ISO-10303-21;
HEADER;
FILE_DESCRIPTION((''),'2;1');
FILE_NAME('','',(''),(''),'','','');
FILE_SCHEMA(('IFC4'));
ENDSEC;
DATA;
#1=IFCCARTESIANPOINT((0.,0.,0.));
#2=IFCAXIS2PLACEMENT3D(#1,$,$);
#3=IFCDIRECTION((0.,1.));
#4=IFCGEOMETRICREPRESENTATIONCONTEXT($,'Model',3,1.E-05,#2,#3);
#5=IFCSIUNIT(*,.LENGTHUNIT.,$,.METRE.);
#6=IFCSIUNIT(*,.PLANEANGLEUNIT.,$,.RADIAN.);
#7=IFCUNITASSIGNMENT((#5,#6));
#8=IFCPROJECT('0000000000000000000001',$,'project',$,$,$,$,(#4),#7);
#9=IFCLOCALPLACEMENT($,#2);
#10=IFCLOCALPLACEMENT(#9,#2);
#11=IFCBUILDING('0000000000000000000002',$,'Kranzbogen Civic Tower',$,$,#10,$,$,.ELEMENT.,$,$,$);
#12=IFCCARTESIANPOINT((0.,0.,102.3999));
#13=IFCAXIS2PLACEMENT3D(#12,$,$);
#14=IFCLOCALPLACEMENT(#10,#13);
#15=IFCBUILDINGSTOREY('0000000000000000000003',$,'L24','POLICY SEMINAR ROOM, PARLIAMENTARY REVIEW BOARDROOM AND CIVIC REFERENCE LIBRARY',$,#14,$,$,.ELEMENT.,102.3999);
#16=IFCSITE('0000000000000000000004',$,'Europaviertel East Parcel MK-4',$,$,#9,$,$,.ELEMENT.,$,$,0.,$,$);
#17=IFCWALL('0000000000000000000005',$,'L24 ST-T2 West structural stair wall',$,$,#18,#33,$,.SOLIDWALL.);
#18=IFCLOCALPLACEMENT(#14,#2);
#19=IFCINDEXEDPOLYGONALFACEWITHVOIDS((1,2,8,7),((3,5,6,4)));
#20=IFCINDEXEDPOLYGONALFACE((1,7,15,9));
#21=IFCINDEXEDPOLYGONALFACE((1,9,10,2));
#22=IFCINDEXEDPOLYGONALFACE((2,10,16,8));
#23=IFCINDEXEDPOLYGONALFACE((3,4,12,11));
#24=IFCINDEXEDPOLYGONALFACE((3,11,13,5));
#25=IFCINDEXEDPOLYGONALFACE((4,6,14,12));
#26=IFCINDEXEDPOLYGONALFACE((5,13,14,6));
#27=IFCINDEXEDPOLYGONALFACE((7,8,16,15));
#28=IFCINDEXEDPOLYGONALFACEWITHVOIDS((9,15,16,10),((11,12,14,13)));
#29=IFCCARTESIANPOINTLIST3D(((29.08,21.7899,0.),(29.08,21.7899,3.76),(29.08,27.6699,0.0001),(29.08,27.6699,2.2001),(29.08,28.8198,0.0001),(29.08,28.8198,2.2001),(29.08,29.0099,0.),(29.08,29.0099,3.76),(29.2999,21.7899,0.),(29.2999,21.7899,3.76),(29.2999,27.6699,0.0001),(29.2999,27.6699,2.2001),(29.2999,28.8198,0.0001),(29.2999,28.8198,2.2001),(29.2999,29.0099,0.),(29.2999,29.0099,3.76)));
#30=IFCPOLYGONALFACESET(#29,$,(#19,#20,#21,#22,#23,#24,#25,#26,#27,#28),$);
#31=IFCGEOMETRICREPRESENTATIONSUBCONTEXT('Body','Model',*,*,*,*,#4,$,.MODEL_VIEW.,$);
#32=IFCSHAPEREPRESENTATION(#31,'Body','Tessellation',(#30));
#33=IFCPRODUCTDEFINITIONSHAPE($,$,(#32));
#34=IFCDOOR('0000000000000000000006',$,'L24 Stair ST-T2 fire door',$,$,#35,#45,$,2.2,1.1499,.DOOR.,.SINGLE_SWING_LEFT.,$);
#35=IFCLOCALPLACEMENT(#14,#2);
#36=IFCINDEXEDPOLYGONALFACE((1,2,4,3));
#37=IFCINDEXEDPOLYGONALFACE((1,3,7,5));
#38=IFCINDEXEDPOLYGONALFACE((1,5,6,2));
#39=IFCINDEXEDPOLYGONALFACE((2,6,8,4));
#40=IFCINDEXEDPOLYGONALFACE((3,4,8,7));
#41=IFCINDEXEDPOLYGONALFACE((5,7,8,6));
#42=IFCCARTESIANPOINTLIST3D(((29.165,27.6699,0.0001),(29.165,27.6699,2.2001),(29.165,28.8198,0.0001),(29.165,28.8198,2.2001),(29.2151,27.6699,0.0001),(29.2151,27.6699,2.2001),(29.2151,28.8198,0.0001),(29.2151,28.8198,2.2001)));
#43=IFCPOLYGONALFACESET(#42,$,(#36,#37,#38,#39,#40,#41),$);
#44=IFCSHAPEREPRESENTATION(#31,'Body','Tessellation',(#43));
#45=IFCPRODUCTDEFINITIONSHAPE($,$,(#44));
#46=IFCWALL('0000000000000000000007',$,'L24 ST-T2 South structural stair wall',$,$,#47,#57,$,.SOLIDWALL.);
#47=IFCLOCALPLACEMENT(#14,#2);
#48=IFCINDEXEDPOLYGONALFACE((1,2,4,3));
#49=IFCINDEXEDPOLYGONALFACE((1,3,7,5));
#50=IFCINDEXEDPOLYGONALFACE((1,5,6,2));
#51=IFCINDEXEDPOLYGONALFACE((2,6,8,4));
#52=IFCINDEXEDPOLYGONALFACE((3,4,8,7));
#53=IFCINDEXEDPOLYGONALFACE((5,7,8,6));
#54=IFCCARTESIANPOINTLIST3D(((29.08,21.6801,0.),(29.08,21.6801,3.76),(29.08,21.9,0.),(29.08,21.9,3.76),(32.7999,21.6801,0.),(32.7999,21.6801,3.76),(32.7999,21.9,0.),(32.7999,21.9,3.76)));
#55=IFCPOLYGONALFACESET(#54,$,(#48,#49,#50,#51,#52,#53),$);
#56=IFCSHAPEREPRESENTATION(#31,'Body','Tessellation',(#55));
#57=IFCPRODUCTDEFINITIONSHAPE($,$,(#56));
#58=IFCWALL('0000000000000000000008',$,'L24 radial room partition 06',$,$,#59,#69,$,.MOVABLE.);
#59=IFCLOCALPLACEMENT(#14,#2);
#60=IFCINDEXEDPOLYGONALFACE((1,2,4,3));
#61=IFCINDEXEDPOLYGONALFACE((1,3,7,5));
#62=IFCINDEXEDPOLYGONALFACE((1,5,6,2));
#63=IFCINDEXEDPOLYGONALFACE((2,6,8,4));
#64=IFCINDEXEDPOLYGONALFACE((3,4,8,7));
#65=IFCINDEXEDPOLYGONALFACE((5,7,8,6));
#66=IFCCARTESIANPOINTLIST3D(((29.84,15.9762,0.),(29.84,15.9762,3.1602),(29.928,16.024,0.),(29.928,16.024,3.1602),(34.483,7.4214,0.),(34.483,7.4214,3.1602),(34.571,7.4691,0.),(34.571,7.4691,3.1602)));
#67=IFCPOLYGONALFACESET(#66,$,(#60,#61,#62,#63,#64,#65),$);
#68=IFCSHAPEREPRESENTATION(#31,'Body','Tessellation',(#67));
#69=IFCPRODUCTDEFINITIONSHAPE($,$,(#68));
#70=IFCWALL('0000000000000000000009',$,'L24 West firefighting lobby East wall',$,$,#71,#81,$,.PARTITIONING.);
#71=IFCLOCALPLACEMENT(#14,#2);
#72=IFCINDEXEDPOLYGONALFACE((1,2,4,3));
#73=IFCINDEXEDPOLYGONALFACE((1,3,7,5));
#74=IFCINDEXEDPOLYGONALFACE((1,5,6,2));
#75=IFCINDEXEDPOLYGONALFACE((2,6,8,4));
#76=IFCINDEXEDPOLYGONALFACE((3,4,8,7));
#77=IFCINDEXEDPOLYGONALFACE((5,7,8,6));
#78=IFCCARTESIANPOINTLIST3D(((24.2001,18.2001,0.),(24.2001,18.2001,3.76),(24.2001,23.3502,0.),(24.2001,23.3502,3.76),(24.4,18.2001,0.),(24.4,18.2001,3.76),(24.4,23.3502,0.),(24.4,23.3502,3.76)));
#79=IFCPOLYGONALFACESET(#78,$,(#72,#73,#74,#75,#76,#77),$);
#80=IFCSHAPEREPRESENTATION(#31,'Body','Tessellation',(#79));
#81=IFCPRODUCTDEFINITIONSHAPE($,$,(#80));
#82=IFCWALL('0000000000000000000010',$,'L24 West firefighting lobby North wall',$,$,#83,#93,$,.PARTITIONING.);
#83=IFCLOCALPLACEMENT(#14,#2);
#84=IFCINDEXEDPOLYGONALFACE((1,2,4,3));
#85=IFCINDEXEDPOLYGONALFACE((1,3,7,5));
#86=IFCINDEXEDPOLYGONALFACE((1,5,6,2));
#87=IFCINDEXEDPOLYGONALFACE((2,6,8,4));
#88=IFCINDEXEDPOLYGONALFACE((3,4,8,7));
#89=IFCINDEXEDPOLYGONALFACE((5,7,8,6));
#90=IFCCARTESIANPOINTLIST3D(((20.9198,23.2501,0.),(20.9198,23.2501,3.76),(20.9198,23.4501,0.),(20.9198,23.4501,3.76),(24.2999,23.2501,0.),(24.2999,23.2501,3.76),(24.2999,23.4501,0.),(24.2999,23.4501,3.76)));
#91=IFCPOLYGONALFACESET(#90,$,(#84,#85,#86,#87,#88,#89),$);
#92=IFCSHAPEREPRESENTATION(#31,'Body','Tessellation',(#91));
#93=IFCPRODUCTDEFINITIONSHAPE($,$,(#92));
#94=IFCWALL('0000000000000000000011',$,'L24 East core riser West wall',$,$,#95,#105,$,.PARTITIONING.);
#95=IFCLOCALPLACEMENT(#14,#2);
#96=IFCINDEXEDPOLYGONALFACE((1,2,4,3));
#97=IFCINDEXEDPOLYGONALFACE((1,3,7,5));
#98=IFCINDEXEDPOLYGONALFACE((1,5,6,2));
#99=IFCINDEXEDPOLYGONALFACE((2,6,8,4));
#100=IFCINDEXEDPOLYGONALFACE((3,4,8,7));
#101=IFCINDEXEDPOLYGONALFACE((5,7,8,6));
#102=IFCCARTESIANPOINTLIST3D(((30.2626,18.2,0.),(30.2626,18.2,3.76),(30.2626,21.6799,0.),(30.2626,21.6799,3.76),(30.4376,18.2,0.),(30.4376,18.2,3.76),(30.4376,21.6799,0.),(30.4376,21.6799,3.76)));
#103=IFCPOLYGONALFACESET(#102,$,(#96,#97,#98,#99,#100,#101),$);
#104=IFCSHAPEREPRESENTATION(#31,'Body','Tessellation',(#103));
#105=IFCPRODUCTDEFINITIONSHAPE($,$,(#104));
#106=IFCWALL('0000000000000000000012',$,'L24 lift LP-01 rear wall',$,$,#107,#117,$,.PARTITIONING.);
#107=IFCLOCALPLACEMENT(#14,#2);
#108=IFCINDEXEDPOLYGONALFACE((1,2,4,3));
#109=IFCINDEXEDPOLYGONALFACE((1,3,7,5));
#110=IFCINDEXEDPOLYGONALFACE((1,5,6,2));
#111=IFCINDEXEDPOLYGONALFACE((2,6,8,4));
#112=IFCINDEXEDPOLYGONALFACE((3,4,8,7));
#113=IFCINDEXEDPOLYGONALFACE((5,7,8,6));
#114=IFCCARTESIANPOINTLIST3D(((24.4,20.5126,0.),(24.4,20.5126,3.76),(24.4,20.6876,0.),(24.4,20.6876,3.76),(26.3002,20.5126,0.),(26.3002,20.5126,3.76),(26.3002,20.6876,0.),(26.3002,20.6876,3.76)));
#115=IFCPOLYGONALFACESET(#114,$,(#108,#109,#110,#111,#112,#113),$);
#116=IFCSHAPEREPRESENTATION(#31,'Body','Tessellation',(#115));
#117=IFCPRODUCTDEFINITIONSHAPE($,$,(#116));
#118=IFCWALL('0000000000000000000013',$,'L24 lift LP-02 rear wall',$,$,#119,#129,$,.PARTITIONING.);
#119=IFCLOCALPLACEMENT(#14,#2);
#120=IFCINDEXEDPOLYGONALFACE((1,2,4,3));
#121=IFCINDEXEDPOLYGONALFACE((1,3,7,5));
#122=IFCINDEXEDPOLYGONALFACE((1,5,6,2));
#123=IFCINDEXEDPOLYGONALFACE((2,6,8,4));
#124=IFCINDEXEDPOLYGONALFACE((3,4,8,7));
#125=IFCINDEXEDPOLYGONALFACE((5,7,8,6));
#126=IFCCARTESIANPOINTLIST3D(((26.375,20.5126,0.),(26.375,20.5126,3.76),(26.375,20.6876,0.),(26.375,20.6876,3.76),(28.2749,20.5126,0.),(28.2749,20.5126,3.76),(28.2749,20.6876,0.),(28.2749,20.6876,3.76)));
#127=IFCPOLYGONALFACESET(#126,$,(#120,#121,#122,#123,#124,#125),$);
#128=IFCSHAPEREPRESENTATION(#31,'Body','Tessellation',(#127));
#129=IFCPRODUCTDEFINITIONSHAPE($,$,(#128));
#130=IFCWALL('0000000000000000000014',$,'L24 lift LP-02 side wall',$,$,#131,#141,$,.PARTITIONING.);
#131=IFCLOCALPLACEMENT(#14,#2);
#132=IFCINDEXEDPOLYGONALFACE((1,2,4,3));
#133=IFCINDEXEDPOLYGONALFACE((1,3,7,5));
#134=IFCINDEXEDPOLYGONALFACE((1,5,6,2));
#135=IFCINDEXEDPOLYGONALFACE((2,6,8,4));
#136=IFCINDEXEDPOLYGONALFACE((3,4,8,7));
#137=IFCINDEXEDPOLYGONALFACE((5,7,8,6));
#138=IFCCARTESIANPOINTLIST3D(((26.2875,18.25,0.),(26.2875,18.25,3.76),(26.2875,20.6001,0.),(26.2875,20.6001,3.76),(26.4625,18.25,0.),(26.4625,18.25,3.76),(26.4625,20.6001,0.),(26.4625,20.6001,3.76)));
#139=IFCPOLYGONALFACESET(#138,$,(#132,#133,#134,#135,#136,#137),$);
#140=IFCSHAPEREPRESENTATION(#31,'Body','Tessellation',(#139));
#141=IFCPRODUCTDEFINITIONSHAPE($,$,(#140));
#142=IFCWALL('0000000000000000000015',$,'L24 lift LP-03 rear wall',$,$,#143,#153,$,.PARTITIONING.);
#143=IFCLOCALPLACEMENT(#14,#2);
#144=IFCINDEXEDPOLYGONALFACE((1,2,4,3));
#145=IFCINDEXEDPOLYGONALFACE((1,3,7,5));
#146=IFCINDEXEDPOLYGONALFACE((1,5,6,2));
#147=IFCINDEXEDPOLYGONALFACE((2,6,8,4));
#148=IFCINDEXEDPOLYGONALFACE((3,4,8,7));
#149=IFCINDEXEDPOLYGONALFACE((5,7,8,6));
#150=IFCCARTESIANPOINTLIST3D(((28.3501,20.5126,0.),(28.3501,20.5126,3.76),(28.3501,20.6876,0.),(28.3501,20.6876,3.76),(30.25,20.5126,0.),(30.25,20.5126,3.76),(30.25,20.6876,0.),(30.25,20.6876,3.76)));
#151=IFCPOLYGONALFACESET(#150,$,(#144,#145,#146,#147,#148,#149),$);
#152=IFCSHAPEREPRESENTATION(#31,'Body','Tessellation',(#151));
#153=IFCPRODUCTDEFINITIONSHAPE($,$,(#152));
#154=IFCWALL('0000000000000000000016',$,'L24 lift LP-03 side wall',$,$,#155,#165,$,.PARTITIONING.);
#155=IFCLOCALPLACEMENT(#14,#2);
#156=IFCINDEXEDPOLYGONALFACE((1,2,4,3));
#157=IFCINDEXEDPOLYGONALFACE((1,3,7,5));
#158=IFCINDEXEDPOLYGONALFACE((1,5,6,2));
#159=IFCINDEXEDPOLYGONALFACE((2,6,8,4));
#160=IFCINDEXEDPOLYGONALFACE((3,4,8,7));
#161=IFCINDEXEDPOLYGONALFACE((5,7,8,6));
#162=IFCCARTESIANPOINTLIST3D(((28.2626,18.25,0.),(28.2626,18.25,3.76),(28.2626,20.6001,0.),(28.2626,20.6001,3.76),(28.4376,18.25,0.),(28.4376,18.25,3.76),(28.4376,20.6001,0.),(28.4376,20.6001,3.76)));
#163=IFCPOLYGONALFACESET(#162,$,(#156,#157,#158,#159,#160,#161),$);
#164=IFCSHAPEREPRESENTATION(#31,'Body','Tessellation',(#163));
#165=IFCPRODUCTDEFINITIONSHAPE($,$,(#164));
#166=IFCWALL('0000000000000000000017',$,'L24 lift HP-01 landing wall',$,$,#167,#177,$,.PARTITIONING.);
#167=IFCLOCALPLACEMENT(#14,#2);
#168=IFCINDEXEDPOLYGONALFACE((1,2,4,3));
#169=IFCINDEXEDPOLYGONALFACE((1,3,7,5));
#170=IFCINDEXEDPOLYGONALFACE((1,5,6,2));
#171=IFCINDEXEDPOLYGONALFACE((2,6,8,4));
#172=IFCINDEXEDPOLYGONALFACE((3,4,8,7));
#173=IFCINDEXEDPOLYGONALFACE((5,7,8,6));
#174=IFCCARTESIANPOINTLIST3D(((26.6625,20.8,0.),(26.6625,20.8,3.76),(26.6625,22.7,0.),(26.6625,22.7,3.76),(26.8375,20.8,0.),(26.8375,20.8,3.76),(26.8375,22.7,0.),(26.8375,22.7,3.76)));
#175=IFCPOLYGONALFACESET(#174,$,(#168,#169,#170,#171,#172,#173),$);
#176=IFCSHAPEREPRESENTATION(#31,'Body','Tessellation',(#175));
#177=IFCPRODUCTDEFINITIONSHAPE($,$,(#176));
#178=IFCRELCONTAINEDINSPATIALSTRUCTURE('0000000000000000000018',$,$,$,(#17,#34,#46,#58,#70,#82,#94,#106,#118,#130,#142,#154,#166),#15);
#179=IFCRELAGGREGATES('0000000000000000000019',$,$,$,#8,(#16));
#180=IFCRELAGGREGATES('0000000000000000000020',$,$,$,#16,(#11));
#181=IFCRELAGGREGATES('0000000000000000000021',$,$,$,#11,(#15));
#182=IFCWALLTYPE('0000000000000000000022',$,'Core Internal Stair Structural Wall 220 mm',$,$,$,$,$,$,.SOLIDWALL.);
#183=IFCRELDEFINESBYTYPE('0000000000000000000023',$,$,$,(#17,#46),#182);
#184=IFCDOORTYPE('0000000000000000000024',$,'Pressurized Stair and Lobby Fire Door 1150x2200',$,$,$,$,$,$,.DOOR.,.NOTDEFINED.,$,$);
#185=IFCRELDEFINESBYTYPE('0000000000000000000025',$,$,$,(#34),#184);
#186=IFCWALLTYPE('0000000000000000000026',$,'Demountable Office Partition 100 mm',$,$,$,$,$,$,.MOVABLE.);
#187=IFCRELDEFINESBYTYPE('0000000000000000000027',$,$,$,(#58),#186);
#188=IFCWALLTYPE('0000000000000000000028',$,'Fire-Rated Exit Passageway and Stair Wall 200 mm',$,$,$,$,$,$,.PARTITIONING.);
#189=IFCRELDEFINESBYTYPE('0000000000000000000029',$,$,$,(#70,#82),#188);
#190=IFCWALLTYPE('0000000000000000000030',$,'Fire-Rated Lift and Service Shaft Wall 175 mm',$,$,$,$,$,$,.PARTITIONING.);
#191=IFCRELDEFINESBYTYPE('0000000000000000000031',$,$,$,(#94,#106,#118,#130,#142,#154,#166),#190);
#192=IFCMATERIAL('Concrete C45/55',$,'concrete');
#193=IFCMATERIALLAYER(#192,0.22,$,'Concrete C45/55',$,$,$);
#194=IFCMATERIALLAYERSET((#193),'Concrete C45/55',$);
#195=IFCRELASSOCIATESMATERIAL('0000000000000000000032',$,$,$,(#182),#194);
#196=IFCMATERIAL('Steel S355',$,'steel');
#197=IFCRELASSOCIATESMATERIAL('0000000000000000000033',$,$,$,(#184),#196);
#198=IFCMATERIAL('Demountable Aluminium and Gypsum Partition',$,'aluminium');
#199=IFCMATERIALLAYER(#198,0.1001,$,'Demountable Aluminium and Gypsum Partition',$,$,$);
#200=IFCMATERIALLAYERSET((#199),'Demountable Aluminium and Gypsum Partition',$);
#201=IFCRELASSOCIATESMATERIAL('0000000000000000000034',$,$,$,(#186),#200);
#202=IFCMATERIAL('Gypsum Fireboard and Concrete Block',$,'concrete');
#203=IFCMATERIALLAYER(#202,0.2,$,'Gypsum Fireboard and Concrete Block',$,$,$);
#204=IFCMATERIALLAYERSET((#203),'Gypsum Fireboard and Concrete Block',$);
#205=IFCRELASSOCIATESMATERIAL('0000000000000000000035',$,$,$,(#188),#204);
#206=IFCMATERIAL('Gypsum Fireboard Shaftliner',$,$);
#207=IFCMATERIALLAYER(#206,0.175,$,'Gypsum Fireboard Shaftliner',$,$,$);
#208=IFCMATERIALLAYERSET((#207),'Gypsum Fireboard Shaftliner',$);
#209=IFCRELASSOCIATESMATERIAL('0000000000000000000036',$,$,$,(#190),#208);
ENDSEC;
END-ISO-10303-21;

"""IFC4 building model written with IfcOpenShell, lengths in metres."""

from ifc_helpers import new_model, si_unit, direction, frame, frame_2d, origin, place, context, subcontext, project, spatial, rectangle, extrude, material, layer, layer_set, type_object, element, fill, save


model = new_model("IFC4")

# Units and contexts
model_context = context("Model", 3, precision=1e-05, world=origin(), true_north=direction((0.0, 1.0)))
body_context = subcontext(model_context, "Body", "Model", "MODEL_VIEW")
ifc_project = project(units=[si_unit("LENGTHUNIT", "METRE"), si_unit("PLANEANGLEUNIT", "RADIAN")], contexts=[model_context])

# Site, building, storey
site_placement = place(None, origin())
site = spatial("IfcSite", under=ifc_project, at=site_placement, Name="Europaviertel East Parcel MK-4", CompositionType="ELEMENT", RefElevation=0.0)
building_placement = place(site_placement, origin())
building = spatial("IfcBuilding", under=site, at=building_placement, Name="Kranzbogen Civic Tower", CompositionType="ELEMENT")
storey_placement = place(building_placement, frame((0.0, 0.0, 102.3999)))
storey = spatial("IfcBuildingStorey", under=building, at=storey_placement, Name="L24", Description="POLICY SEMINAR ROOM, PARLIAMENTARY REVIEW BOARDROOM AND CIVIC REFERENCE LIBRARY", CompositionType="ELEMENT", Elevation=102.3999)

# Shared definitions
ifc_material_1 = material(Name="Steel S355", Category="steel")

# Wall, opening, door
ifc_material_2 = material(Name="Concrete C45/55", Category="concrete")
ifc_layer_1 = layer(ifc_material_2, 0.22, Name="Concrete C45/55")
ifc_layer_set_1 = layer_set([ifc_layer_1], Name="Concrete C45/55")
wall_type_1 = type_object("IfcWallType", Name="Core Internal Stair Structural Wall 220 mm", PredefinedType="SOLIDWALL", material=ifc_layer_set_1)
door_type = type_object("IfcDoorType", Name="Pressurized Stair and Lobby Fire Door 1150x2200", OperationType="NOTDEFINED", PredefinedType="DOOR", material=ifc_material_1)
wall_1_placement = place(storey_placement, frame((29.1899, 21.79, 0.0), z_axis=(0.0, 0.0, 1.0), x_axis=(0.0, 1.0, 0.0)))
wall_1 = element("IfcWall", 1, at=wall_1_placement, inside=storey, type_object=wall_type_1, Name="L24 ST-T2 West structural stair wall", PredefinedType="SOLIDWALL", context=body_context, shape_type="SweptSolid", body=[
    extrude(rectangle(XDim=7.22, YDim=0.22, at=frame_2d((3.6099, 0.0))), origin(), (0.0, 0.0, 1.0), 3.76),
])
opening_1_placement = place(wall_1_placement, frame((5.8799, 0.0, 0.0)))
opening_1 = element("IfcOpeningElement", 2, at=opening_1_placement, cuts=wall_1, PredefinedType="OPENING", context=body_context, shape_type="SweptSolid", body=[
    extrude(rectangle(XDim=1.1499, YDim=2.2, at=frame_2d((0.575, 1.1001))), frame((0.0, 0.1201, 0.0), z_axis=(0.0, -1.0, 0.0), x_axis=(1.0, 0.0, 0.0)), (0.0, 0.0, 1.0), 0.24),
])
door_1_placement = place(opening_1_placement, origin())
door_1 = element("IfcDoor", 3, at=door_1_placement, inside=storey, type_object=door_type, Name="L24 Stair ST-T2 fire door", OperationType="SINGLE_SWING_LEFT", OverallHeight=2.2, OverallWidth=1.1499, PredefinedType="DOOR", context=body_context, shape_type="SweptSolid", body=[
    extrude(rectangle(XDim=1.1499, YDim=2.2, at=frame_2d((0.575, 1.1001))), frame((0.0, 0.0249, 0.0), z_axis=(0.0, -1.0, 0.0), x_axis=(1.0, 0.0, 0.0)), (0.0, 0.0, 1.0), 0.05),
])
fill(opening_1, door_1)

# Walls
wall_2_placement = place(storey_placement, frame((29.0801, 21.79, 0.0), z_axis=(0.0, 0.0, 1.0), x_axis=(1.0, 0.0, 0.0)))
element("IfcWall", 4, at=wall_2_placement, inside=storey, type_object=wall_type_1, Name="L24 ST-T2 South structural stair wall", PredefinedType="SOLIDWALL", context=body_context, shape_type="SweptSolid", body=[
    extrude(rectangle(XDim=3.72, YDim=0.22, at=frame_2d((1.8599, 0.0))), origin(), (0.0, 0.0, 1.0), 3.76),
])
ifc_material_3 = material(Name="Demountable Aluminium and Gypsum Partition", Category="aluminium")
ifc_layer_2 = layer(ifc_material_3, 0.1001, Name="Demountable Aluminium and Gypsum Partition")
ifc_layer_set_2 = layer_set([ifc_layer_2], Name="Demountable Aluminium and Gypsum Partition")
wall_type_2 = type_object("IfcWallType", Name="Demountable Office Partition 100 mm", PredefinedType="MOVABLE", material=ifc_layer_set_2)
wall_3_placement = place(storey_placement, frame((29.884, 16.0, 0.0), z_axis=(0.0, 0.0, 1.0), x_axis=(0.477009, -0.878898, 0.0)))
element("IfcWall", 5, at=wall_3_placement, inside=storey, type_object=wall_type_2, Name="L24 radial room partition 06", PredefinedType="MOVABLE", context=body_context, shape_type="SweptSolid", body=[
    extrude(rectangle(XDim=9.7336, YDim=0.1001, at=frame_2d((4.8667, 0.0))), origin(), (0.0, 0.0, 1.0), 3.1602),
])
ifc_material_4 = material(Name="Gypsum Fireboard and Concrete Block", Category="concrete")
ifc_layer_3 = layer(ifc_material_4, 0.2, Name="Gypsum Fireboard and Concrete Block")
ifc_layer_set_3 = layer_set([ifc_layer_3], Name="Gypsum Fireboard and Concrete Block")
wall_type_3 = type_object("IfcWallType", Name="Fire-Rated Exit Passageway and Stair Wall 200 mm", PredefinedType="PARTITIONING", material=ifc_layer_set_3)
wall_4_placement = place(storey_placement, frame((24.3, 18.2, 0.0), z_axis=(0.0, 0.0, 1.0), x_axis=(0.0, 1.0, 0.0)))
element("IfcWall", 6, at=wall_4_placement, inside=storey, type_object=wall_type_3, Name="L24 West firefighting lobby East wall", PredefinedType="PARTITIONING", context=body_context, shape_type="SweptSolid", body=[
    extrude(rectangle(XDim=5.1501, YDim=0.2, at=frame_2d((2.5752, 0.0))), origin(), (0.0, 0.0, 1.0), 3.76),
])
wall_5_placement = place(storey_placement, frame((20.9199, 23.3501, 0.0), z_axis=(0.0, 0.0, 1.0), x_axis=(1.0, 0.0, 0.0)))
element("IfcWall", 7, at=wall_5_placement, inside=storey, type_object=wall_type_3, Name="L24 West firefighting lobby North wall", PredefinedType="PARTITIONING", context=body_context, shape_type="SweptSolid", body=[
    extrude(rectangle(XDim=3.3801, YDim=0.2, at=frame_2d((1.6899, 0.0))), origin(), (0.0, 0.0, 1.0), 3.76),
])
ifc_material_5 = material(Name="Gypsum Fireboard Shaftliner")
ifc_layer_4 = layer(ifc_material_5, 0.175, Name="Gypsum Fireboard Shaftliner")
ifc_layer_set_4 = layer_set([ifc_layer_4], Name="Gypsum Fireboard Shaftliner")
wall_type_4 = type_object("IfcWallType", Name="Fire-Rated Lift and Service Shaft Wall 175 mm", PredefinedType="PARTITIONING", material=ifc_layer_set_4)
wall_6_placement = place(storey_placement, frame((30.3501, 18.2, 0.0), z_axis=(0.0, 0.0, 1.0), x_axis=(0.0, 1.0, 0.0)))
element("IfcWall", 8, at=wall_6_placement, inside=storey, type_object=wall_type_4, Name="L24 East core riser West wall", PredefinedType="PARTITIONING", context=body_context, shape_type="SweptSolid", body=[
    extrude(rectangle(XDim=3.48, YDim=0.175, at=frame_2d((1.74, 0.0))), origin(), (0.0, 0.0, 1.0), 3.76),
])
wall_7_placement = place(storey_placement, frame((24.3999, 20.6001, 0.0), z_axis=(0.0, 0.0, 1.0), x_axis=(1.0, 0.0, 0.0)))
element("IfcWall", 9, at=wall_7_placement, inside=storey, type_object=wall_type_4, Name="L24 lift LP-01 rear wall", PredefinedType="PARTITIONING", context=body_context, shape_type="SweptSolid", body=[
    extrude(rectangle(XDim=1.9001, YDim=0.175, at=frame_2d((0.9502, 0.0))), origin(), (0.0, 0.0, 1.0), 3.76),
])
wall_8_placement = place(storey_placement, frame((26.375, 20.6001, 0.0), z_axis=(0.0, 0.0, 1.0), x_axis=(1.0, 0.0, 0.0)))
element("IfcWall", 10, at=wall_8_placement, inside=storey, type_object=wall_type_4, Name="L24 lift LP-02 rear wall", PredefinedType="PARTITIONING", context=body_context, shape_type="SweptSolid", body=[
    extrude(rectangle(XDim=1.8999, YDim=0.175, at=frame_2d((0.95, 0.0))), origin(), (0.0, 0.0, 1.0), 3.76),
])
wall_9_placement = place(storey_placement, frame((26.375, 18.25, 0.0), z_axis=(0.0, 0.0, 1.0), x_axis=(0.0, 1.0, 0.0)))
element("IfcWall", 11, at=wall_9_placement, inside=storey, type_object=wall_type_4, Name="L24 lift LP-02 side wall", PredefinedType="PARTITIONING", context=body_context, shape_type="SweptSolid", body=[
    extrude(rectangle(XDim=2.3501, YDim=0.175, at=frame_2d((1.175, 0.0))), origin(), (0.0, 0.0, 1.0), 3.76),
])
wall_10_placement = place(storey_placement, frame((28.3501, 20.6001, 0.0), z_axis=(0.0, 0.0, 1.0), x_axis=(1.0, 0.0, 0.0)))
element("IfcWall", 12, at=wall_10_placement, inside=storey, type_object=wall_type_4, Name="L24 lift LP-03 rear wall", PredefinedType="PARTITIONING", context=body_context, shape_type="SweptSolid", body=[
    extrude(rectangle(XDim=1.8999, YDim=0.175, at=frame_2d((0.95, 0.0))), origin(), (0.0, 0.0, 1.0), 3.76),
])
wall_11_placement = place(storey_placement, frame((28.3501, 18.25, 0.0), z_axis=(0.0, 0.0, 1.0), x_axis=(0.0, 1.0, 0.0)))
element("IfcWall", 13, at=wall_11_placement, inside=storey, type_object=wall_type_4, Name="L24 lift LP-03 side wall", PredefinedType="PARTITIONING", context=body_context, shape_type="SweptSolid", body=[
    extrude(rectangle(XDim=2.3501, YDim=0.175, at=frame_2d((1.175, 0.0))), origin(), (0.0, 0.0, 1.0), 3.76),
])
wall_12_placement = place(storey_placement, frame((26.75, 20.8, 0.0), z_axis=(0.0, 0.0, 1.0), x_axis=(0.0, 1.0, 0.0)))
element("IfcWall", 14, at=wall_12_placement, inside=storey, type_object=wall_type_4, Name="L24 lift HP-01 landing wall", PredefinedType="PARTITIONING", context=body_context, shape_type="SweptSolid", body=[
    extrude(rectangle(XDim=1.8999, YDim=0.175, at=frame_2d((0.95, 0.0))), origin(), (0.0, 0.0, 1.0), 3.76),
])

save(model, "model.ifc")
